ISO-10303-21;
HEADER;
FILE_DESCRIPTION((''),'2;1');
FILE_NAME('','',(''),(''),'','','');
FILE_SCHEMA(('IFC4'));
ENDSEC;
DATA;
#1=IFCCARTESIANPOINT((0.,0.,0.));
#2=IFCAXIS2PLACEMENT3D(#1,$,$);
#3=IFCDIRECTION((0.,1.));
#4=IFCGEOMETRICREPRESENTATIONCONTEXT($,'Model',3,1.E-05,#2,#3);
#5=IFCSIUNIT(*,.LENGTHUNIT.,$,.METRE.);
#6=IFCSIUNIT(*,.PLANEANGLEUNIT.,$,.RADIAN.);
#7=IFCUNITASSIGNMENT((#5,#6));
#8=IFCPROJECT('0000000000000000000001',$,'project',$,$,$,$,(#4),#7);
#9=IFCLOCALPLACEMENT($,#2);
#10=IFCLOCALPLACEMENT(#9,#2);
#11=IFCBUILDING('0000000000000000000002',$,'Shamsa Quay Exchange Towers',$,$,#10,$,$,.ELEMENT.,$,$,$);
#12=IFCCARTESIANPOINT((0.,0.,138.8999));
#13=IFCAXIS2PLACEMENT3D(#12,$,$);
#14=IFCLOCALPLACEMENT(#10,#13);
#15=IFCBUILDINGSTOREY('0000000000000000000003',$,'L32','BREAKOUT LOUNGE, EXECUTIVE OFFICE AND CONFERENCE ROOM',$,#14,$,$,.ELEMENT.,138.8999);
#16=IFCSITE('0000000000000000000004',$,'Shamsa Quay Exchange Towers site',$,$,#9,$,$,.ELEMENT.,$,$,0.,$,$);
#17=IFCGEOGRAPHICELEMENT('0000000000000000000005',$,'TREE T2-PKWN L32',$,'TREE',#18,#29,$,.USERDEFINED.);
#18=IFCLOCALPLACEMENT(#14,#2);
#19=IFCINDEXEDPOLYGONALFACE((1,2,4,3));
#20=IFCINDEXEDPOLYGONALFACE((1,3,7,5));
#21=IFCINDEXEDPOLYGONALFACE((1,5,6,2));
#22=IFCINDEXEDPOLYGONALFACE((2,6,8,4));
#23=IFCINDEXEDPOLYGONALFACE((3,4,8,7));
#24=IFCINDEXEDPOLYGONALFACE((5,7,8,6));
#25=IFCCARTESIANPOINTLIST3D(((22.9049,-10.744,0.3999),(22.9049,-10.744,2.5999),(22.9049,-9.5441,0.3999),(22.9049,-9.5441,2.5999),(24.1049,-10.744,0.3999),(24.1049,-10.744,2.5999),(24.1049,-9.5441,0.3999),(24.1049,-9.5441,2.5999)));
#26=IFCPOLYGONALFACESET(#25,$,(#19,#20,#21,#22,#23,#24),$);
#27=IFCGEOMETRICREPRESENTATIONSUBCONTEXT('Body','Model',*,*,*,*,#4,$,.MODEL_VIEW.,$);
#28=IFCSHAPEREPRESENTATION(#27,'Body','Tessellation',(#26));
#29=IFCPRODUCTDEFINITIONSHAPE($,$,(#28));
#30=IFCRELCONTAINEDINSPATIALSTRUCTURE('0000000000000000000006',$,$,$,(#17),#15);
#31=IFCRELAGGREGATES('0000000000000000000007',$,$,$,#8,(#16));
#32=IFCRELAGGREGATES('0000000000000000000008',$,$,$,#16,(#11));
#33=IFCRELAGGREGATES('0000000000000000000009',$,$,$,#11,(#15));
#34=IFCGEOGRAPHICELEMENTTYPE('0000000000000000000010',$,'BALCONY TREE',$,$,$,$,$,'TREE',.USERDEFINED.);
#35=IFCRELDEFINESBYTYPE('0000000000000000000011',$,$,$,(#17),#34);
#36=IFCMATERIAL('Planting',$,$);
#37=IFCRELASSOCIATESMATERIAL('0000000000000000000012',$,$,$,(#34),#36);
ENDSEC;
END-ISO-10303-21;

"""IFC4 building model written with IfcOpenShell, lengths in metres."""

from ifc_helpers import new_model, si_unit, direction, frame, origin, origin_2d, place, context, subcontext, project, spatial, rectangle, extrude, material, type_object, element, save


model = new_model("IFC4")

# Units and contexts
model_context = context("Model", 3, precision=1e-05, world=origin(), true_north=direction((0.0, 1.0)))
body_context = subcontext(model_context, "Body", "Model", "MODEL_VIEW")
ifc_project = project(units=[si_unit("LENGTHUNIT", "METRE"), si_unit("PLANEANGLEUNIT", "RADIAN")], contexts=[model_context])

# Site, building, storey
site_placement = place(None, origin())
site = spatial("IfcSite", under=ifc_project, at=site_placement, Name="Shamsa Quay Exchange Towers site", CompositionType="ELEMENT", RefElevation=0.0)
building_placement = place(site_placement, origin())
building = spatial("IfcBuilding", under=site, at=building_placement, Name="Shamsa Quay Exchange Towers", CompositionType="ELEMENT")
storey_placement = place(building_placement, frame((0.0, 0.0, 138.8999)))
storey = spatial("IfcBuildingStorey", under=building, at=storey_placement, Name="L32", Description="BREAKOUT LOUNGE, EXECUTIVE OFFICE AND CONFERENCE ROOM", CompositionType="ELEMENT", Elevation=138.8999)

# Geographic element
ifc_material_1 = material(Name="Planting")
geographic_element_type = type_object("IfcGeographicElementType", Name="BALCONY TREE", ElementType="TREE", PredefinedType="USERDEFINED", material=ifc_material_1)
geographic_element_placement = place(storey_placement, frame((23.5049, -10.144, 0.3999), z_axis=(0.0, 0.0, 1.0), x_axis=(0.0, -1.0, 0.0)))
element("IfcGeographicElement", 1, at=geographic_element_placement, inside=storey, type_object=geographic_element_type, Name="TREE T2-PKWN L32", ObjectType="TREE", PredefinedType="USERDEFINED", context=body_context, shape_type="SweptSolid", body=[
    extrude(rectangle(XDim=1.2, YDim=1.2, at=origin_2d()), origin(), (0.0, 0.0, 1.0), 2.2),
])

save(model, "model.ifc")
